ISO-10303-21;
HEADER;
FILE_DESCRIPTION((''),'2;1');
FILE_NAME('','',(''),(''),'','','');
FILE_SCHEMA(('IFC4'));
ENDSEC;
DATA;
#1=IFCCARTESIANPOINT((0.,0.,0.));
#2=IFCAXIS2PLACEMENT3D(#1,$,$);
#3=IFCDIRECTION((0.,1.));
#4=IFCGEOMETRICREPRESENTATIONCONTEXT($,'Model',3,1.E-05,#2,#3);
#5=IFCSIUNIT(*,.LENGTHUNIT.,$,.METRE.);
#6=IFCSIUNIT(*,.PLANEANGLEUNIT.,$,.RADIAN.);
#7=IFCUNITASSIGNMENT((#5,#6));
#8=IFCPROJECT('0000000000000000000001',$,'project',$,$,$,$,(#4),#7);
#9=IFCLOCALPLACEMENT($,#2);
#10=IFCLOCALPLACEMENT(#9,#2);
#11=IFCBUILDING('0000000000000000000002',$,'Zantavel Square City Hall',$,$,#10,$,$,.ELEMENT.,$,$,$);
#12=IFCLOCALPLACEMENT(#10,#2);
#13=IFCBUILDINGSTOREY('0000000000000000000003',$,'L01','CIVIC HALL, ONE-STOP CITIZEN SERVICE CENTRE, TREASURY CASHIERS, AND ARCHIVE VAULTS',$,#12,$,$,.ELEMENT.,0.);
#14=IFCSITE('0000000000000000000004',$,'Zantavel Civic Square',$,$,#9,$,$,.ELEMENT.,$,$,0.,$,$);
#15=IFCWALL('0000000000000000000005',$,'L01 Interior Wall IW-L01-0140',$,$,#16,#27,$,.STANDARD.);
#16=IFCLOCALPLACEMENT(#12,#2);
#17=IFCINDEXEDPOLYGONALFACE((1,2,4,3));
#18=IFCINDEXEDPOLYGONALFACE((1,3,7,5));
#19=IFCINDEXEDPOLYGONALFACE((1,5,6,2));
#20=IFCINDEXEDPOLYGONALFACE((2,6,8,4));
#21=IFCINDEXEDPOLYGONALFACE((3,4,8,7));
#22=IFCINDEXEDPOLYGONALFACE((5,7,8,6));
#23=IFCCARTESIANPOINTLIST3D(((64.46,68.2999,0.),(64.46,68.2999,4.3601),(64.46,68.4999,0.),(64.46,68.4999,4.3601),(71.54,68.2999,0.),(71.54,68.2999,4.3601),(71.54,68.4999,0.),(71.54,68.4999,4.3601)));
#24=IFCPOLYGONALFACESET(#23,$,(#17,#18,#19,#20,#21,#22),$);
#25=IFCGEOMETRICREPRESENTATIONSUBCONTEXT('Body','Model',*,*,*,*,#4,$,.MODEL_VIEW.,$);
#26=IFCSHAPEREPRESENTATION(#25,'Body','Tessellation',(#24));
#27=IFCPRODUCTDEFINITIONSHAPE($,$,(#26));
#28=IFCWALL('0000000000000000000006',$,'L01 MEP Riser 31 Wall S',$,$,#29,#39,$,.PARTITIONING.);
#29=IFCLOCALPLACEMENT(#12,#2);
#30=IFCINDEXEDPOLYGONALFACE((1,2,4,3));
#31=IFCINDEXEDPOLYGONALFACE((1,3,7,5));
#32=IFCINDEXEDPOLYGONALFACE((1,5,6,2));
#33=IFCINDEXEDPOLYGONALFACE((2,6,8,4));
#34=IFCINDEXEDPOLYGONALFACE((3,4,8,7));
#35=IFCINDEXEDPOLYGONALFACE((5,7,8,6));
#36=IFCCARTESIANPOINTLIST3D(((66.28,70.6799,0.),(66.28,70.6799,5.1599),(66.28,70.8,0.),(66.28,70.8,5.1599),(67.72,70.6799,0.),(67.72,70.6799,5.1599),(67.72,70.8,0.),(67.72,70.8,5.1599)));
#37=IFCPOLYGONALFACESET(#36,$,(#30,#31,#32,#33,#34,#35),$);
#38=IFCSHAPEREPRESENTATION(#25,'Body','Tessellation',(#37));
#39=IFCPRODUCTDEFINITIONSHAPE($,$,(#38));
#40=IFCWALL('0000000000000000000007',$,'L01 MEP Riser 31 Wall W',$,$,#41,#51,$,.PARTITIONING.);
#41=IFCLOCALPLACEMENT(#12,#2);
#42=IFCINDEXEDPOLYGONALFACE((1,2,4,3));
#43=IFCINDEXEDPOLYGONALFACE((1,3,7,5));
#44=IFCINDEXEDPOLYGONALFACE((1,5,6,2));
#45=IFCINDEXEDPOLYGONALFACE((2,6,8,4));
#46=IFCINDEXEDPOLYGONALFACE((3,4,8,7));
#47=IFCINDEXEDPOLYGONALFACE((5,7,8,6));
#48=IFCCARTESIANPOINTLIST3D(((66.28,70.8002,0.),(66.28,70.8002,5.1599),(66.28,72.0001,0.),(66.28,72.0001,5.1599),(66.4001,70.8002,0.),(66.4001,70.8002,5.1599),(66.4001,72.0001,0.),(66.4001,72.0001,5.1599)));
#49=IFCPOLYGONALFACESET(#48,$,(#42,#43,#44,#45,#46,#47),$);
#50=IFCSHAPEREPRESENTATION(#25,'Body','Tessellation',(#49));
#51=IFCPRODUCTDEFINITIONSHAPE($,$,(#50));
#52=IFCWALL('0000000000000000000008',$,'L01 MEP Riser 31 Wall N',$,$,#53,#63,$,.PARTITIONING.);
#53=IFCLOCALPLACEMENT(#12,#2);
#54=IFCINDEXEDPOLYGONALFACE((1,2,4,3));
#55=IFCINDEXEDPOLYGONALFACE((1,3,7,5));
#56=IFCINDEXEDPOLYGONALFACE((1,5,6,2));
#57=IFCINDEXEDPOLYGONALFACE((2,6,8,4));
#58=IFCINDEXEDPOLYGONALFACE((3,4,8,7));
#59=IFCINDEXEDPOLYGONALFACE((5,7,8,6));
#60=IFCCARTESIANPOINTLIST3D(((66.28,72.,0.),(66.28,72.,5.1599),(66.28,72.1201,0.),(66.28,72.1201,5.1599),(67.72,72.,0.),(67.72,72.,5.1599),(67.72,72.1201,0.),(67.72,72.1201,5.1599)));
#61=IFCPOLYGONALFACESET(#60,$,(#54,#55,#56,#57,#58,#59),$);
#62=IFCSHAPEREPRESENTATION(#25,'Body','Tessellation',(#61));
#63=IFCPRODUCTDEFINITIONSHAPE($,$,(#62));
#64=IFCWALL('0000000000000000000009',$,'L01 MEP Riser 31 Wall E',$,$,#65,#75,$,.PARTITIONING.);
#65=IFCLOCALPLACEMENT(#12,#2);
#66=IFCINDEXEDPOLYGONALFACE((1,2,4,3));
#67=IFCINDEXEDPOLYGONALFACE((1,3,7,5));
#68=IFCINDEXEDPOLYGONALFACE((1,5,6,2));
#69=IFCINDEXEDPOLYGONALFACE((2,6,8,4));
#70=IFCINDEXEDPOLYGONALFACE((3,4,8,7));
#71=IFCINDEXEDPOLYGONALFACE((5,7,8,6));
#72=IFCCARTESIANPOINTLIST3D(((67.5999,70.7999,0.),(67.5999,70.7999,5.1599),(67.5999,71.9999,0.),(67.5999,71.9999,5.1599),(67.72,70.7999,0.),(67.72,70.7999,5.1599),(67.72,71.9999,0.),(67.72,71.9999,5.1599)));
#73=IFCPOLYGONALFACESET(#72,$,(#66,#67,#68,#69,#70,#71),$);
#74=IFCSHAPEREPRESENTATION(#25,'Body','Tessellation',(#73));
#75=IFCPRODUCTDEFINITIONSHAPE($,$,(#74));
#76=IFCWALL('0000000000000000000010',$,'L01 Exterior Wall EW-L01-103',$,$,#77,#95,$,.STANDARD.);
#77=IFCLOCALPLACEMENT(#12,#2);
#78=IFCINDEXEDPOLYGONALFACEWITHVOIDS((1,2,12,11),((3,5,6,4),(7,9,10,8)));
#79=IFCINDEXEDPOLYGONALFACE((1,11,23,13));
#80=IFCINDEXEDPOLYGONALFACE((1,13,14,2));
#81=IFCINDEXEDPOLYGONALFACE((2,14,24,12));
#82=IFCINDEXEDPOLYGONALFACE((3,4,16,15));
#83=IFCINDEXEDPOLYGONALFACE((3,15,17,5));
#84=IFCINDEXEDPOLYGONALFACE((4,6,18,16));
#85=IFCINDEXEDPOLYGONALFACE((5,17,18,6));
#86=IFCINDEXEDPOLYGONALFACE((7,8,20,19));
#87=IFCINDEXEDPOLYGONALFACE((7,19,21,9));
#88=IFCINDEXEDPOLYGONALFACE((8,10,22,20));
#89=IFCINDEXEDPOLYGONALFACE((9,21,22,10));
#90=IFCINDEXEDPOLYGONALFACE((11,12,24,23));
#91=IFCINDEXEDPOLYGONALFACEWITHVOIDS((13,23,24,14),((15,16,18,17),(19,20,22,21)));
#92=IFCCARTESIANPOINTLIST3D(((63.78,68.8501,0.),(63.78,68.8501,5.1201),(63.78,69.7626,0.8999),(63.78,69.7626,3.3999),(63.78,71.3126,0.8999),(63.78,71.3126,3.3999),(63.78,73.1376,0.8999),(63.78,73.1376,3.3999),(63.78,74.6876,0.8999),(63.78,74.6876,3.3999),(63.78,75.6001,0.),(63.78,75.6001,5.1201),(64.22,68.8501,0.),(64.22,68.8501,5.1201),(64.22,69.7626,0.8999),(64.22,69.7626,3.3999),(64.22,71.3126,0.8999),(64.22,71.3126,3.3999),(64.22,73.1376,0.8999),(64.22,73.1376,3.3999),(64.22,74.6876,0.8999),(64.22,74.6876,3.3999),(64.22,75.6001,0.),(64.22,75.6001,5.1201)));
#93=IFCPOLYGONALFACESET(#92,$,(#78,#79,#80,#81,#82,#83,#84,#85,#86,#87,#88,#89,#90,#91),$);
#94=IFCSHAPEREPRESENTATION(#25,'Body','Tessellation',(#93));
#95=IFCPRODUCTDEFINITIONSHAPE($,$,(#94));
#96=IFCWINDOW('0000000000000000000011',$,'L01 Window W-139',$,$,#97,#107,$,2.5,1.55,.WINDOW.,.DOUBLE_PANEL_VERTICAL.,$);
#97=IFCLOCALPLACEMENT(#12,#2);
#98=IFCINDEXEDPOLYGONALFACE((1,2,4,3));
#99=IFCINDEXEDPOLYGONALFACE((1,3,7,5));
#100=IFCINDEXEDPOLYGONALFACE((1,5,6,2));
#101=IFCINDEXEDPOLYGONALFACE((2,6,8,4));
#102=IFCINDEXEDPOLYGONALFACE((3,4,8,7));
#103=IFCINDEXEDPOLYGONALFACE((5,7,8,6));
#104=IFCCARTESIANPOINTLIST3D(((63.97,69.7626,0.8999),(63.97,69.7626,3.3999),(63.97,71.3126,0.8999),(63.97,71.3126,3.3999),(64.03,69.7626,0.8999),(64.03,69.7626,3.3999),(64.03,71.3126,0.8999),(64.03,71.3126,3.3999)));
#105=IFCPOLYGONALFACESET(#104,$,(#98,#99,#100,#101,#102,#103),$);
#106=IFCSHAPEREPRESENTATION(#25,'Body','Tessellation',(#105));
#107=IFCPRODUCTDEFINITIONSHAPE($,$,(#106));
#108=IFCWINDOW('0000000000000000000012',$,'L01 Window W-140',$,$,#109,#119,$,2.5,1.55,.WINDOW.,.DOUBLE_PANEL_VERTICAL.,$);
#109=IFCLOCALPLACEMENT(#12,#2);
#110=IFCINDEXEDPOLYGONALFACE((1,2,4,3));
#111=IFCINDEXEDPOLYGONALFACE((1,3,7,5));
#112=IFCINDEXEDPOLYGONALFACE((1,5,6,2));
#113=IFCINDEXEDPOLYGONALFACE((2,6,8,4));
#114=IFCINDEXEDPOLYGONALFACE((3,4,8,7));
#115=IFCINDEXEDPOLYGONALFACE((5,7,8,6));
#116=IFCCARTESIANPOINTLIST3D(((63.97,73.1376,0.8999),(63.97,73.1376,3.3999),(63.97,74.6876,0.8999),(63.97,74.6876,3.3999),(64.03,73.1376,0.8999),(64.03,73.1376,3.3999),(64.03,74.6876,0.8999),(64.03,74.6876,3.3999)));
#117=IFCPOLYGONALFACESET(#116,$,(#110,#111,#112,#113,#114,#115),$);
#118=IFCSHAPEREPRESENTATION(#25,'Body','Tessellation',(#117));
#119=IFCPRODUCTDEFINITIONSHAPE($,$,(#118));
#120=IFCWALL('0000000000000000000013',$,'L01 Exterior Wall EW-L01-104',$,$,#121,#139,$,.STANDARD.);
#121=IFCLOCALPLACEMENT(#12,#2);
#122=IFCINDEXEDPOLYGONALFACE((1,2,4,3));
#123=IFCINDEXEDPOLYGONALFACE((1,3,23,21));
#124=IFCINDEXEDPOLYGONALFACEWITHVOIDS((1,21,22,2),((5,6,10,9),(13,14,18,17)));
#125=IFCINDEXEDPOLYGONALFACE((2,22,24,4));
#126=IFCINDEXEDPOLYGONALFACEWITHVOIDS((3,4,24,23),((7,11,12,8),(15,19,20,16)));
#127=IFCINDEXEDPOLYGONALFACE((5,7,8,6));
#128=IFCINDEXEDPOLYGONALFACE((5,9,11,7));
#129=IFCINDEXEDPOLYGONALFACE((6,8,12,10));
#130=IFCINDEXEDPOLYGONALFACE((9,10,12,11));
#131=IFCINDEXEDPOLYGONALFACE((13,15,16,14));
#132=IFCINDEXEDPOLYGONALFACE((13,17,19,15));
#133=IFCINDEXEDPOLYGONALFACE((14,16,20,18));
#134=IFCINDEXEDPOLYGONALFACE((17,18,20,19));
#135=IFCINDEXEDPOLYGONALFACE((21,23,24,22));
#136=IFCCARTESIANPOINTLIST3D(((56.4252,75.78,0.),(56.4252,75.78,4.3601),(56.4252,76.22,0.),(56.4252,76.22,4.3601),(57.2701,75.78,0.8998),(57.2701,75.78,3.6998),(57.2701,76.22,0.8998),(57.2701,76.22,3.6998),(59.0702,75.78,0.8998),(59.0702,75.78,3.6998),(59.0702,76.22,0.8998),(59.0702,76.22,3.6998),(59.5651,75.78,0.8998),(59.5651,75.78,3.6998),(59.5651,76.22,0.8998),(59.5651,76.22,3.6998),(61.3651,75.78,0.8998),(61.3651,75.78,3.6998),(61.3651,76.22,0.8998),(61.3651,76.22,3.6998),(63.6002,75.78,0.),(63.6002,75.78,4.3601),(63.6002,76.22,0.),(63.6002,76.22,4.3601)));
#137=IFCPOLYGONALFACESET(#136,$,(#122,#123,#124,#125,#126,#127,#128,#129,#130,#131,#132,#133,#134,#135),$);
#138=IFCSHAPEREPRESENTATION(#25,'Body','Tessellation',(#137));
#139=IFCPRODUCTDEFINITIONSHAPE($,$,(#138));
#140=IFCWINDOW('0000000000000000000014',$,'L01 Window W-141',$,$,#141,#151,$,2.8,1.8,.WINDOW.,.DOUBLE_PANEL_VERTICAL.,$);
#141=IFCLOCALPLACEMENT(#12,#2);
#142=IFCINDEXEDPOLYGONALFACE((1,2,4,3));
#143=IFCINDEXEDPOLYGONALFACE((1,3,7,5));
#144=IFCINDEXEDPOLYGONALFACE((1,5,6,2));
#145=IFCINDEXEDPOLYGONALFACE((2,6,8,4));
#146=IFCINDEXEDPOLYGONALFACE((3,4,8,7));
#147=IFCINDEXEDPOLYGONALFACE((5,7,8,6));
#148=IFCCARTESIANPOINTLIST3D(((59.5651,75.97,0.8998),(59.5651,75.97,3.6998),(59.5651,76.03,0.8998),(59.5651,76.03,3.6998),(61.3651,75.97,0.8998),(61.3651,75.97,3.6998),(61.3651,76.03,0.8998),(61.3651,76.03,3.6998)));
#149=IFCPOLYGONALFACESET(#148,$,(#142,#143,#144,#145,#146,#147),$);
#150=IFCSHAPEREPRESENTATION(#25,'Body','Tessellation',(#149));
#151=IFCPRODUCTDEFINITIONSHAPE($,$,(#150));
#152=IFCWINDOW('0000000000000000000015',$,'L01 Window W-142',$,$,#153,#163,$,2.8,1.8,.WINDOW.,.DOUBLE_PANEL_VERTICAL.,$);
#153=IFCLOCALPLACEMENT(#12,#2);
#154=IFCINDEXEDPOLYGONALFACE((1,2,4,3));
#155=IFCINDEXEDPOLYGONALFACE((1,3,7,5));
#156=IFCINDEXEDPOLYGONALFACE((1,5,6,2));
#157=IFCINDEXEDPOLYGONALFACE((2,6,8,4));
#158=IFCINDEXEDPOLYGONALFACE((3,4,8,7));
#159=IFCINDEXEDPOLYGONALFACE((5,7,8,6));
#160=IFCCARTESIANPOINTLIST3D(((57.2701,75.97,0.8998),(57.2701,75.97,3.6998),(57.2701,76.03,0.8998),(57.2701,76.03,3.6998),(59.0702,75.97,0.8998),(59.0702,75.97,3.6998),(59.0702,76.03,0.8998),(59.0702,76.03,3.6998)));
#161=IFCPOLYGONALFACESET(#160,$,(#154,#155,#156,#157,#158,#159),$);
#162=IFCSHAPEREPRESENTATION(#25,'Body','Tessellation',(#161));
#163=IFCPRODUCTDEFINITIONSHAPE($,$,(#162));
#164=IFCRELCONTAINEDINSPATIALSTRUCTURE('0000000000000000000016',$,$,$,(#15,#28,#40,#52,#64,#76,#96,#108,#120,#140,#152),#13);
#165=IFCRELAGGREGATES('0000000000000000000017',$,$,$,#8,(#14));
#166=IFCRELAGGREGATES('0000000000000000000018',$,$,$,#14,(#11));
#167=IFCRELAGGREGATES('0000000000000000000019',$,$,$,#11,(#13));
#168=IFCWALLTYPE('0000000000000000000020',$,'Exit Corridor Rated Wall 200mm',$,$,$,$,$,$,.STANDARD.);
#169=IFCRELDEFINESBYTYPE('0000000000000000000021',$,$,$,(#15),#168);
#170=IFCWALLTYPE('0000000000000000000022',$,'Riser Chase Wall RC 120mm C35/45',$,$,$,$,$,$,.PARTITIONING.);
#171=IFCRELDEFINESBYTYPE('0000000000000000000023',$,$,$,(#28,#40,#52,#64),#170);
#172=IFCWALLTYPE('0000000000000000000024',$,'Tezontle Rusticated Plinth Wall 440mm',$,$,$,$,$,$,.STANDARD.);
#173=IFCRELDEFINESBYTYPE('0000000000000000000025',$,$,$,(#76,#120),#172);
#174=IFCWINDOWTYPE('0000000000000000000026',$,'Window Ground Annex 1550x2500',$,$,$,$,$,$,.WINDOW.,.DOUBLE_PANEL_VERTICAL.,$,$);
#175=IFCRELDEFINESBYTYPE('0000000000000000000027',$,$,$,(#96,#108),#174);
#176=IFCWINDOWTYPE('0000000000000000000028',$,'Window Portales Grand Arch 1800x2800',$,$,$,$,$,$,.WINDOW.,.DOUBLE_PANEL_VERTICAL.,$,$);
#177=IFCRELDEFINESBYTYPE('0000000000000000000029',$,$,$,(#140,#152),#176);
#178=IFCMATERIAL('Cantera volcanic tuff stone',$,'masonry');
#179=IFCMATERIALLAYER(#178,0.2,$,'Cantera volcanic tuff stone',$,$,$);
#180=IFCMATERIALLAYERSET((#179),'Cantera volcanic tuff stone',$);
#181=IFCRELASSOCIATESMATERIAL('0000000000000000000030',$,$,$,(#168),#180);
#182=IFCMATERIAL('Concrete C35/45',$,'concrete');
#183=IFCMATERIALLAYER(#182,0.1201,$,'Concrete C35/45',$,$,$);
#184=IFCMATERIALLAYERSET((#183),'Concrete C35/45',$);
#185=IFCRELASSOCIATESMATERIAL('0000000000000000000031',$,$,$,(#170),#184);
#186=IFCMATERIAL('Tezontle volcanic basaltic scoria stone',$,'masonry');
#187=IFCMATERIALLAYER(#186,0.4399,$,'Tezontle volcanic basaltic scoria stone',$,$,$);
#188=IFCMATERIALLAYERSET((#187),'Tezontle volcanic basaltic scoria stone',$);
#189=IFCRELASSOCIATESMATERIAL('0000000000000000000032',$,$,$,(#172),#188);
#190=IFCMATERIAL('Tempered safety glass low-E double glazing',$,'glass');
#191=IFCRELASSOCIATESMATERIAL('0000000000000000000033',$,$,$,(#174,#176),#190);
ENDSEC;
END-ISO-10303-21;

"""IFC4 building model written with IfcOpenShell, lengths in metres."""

from ifc_helpers import new_model, si_unit, direction, frame, frame_2d, origin, place, context, subcontext, project, spatial, rectangle, extrude, material, layer, layer_set, type_object, element, fill, save


model = new_model("IFC4")

# Units and contexts
model_context = context("Model", 3, precision=1e-05, world=origin(), true_north=direction((0.0, 1.0)))
body_context = subcontext(model_context, "Body", "Model", "MODEL_VIEW")
ifc_project = project(units=[si_unit("LENGTHUNIT", "METRE"), si_unit("PLANEANGLEUNIT", "RADIAN")], contexts=[model_context])

# Site, building, storey
site_placement = place(None, origin())
site = spatial("IfcSite", under=ifc_project, at=site_placement, Name="Zantavel Civic Square", CompositionType="ELEMENT", RefElevation=0.0)
building_placement = place(site_placement, origin())
building = spatial("IfcBuilding", under=site, at=building_placement, Name="Zantavel Square City Hall", CompositionType="ELEMENT")
storey_placement = place(building_placement, origin())
storey = spatial("IfcBuildingStorey", under=building, at=storey_placement, Name="L01", Description="CIVIC HALL, ONE-STOP CITIZEN SERVICE CENTRE, TREASURY CASHIERS, AND ARCHIVE VAULTS", CompositionType="ELEMENT", Elevation=0.0)

# Shared definitions
ifc_material_1 = material(Name="Concrete C35/45", Category="concrete")

# Shared definitions
ifc_material_2 = material(Name="Tempered safety glass low-E double glazing", Category="glass")

# Shared definitions
ifc_material_3 = material(Name="Cantera volcanic tuff stone", Category="masonry")
ifc_layer_1 = layer(ifc_material_3, 0.2, Name="Cantera volcanic tuff stone")
ifc_layer_set_1 = layer_set([ifc_layer_1], Name="Cantera volcanic tuff stone")
wall_type_1 = type_object("IfcWallType", Name="Exit Corridor Rated Wall 200mm", PredefinedType="STANDARD", material=ifc_layer_set_1)

# Walls
wall_1_placement = place(storey_placement, frame((71.54, 68.3999, 0.0), z_axis=(0.0, 0.0, 1.0), x_axis=(-1.0, 0.0, 0.0)))
element("IfcWall", 1, at=wall_1_placement, inside=storey, type_object=wall_type_1, Name="L01 Interior Wall IW-L01-0140", PredefinedType="STANDARD", context=body_context, shape_type="SweptSolid", body=[
    extrude(rectangle(XDim=7.0801, YDim=0.2, at=frame_2d((3.54, 0.0))), origin(), (0.0, 0.0, 1.0), 4.3601),
])
ifc_layer_2 = layer(ifc_material_1, 0.1201, Name="Concrete C35/45")
ifc_layer_set_2 = layer_set([ifc_layer_2], Name="Concrete C35/45")
wall_type_2 = type_object("IfcWallType", Name="Riser Chase Wall RC 120mm C35/45", PredefinedType="PARTITIONING", material=ifc_layer_set_2)
wall_2_placement = place(storey_placement, frame((67.72, 70.74, 0.0), z_axis=(0.0, 0.0, 1.0), x_axis=(-1.0, 0.0, 0.0)))
element("IfcWall", 2, at=wall_2_placement, inside=storey, type_object=wall_type_2, Name="L01 MEP Riser 31 Wall S", PredefinedType="PARTITIONING", context=body_context, shape_type="SweptSolid", body=[
    extrude(rectangle(XDim=1.4399, YDim=0.1201, at=frame_2d((0.72, 0.0))), origin(), (0.0, 0.0, 1.0), 5.1599),
])
wall_3_placement = place(storey_placement, frame((66.3401, 70.8, 0.0), z_axis=(0.0, 0.0, 1.0), x_axis=(0.0, 1.0, 0.0)))
element("IfcWall", 3, at=wall_3_placement, inside=storey, type_object=wall_type_2, Name="L01 MEP Riser 31 Wall W", PredefinedType="PARTITIONING", context=body_context, shape_type="SweptSolid", body=[
    extrude(rectangle(XDim=1.2, YDim=0.1201, at=frame_2d((0.6001, 0.0))), origin(), (0.0, 0.0, 1.0), 5.1599),
])
wall_4_placement = place(storey_placement, frame((66.28, 72.0601, 0.0), z_axis=(0.0, 0.0, 1.0), x_axis=(1.0, 0.0, 0.0)))
element("IfcWall", 4, at=wall_4_placement, inside=storey, type_object=wall_type_2, Name="L01 MEP Riser 31 Wall N", PredefinedType="PARTITIONING", context=body_context, shape_type="SweptSolid", body=[
    extrude(rectangle(XDim=1.4399, YDim=0.1201, at=frame_2d((0.72, 0.0))), origin(), (0.0, 0.0, 1.0), 5.1599),
])
wall_5_placement = place(storey_placement, frame((67.6599, 72.0, 0.0), z_axis=(0.0, 0.0, 1.0), x_axis=(0.0, -1.0, 0.0)))
element("IfcWall", 5, at=wall_5_placement, inside=storey, type_object=wall_type_2, Name="L01 MEP Riser 31 Wall E", PredefinedType="PARTITIONING", context=body_context, shape_type="SweptSolid", body=[
    extrude(rectangle(XDim=1.2, YDim=0.1201, at=frame_2d((0.6001, 0.0))), origin(), (0.0, 0.0, 1.0), 5.1599),
])

# Walls, openings, windows
ifc_material_4 = material(Name="Tezontle volcanic basaltic scoria stone", Category="masonry")
ifc_layer_3 = layer(ifc_material_4, 0.4399, Name="Tezontle volcanic basaltic scoria stone")
ifc_layer_set_3 = layer_set([ifc_layer_3], Name="Tezontle volcanic basaltic scoria stone")
wall_type_3 = type_object("IfcWallType", Name="Tezontle Rusticated Plinth Wall 440mm", PredefinedType="STANDARD", material=ifc_layer_set_3)
wall_6_placement = place(storey_placement, frame((64.0, 68.8501, 0.0), z_axis=(0.0, 0.0, 1.0), x_axis=(0.0, 1.0, 0.0)))
wall_6 = element("IfcWall", 6, at=wall_6_placement, inside=storey, type_object=wall_type_3, Name="L01 Exterior Wall EW-L01-103", PredefinedType="STANDARD", context=body_context, shape_type="SweptSolid", body=[
    extrude(rectangle(XDim=6.75, YDim=0.4399, at=frame_2d((3.375, 0.0))), origin(), (0.0, 0.0, 1.0), 5.1201),
])
opening_1_placement = place(wall_6_placement, frame((0.9126, 0.0, 0.8999)))
opening_1 = element("IfcOpeningElement", 7, at=opening_1_placement, cuts=wall_6, PredefinedType="OPENING", context=body_context, shape_type="SweptSolid", body=[
    extrude(rectangle(XDim=1.55, YDim=2.5, at=frame_2d((0.7749, 1.25))), frame((0.0, 0.23, 0.0), z_axis=(0.0, -1.0, 0.0), x_axis=(1.0, 0.0, 0.0)), (0.0, 0.0, 1.0), 0.46),
])
opening_2_placement = place(wall_6_placement, frame((4.2876, 0.0, 0.8999)))
opening_2 = element("IfcOpeningElement", 8, at=opening_2_placement, cuts=wall_6, PredefinedType="OPENING", context=body_context, shape_type="SweptSolid", body=[
    extrude(rectangle(XDim=1.55, YDim=2.5, at=frame_2d((0.7749, 1.25))), frame((0.0, 0.23, 0.0), z_axis=(0.0, -1.0, 0.0), x_axis=(1.0, 0.0, 0.0)), (0.0, 0.0, 1.0), 0.46),
])
window_type_1 = type_object("IfcWindowType", Name="Window Ground Annex 1550x2500", PartitioningType="DOUBLE_PANEL_VERTICAL", PredefinedType="WINDOW", material=ifc_material_2)
window_1_placement = place(opening_1_placement, origin())
window_1 = element("IfcWindow", 9, at=window_1_placement, inside=storey, type_object=window_type_1, Name="L01 Window W-139", OverallHeight=2.5, OverallWidth=1.55, PartitioningType="DOUBLE_PANEL_VERTICAL", PredefinedType="WINDOW", context=body_context, shape_type="SweptSolid", body=[
    extrude(rectangle(XDim=1.55, YDim=2.5, at=frame_2d((0.7749, 1.25))), frame((0.0, 0.03, 0.0), z_axis=(0.0, -1.0, 0.0), x_axis=(1.0, 0.0, 0.0)), (0.0, 0.0, 1.0), 0.0601),
])
fill(opening_1, window_1)
window_2_placement = place(opening_2_placement, origin())
window_2 = element("IfcWindow", 10, at=window_2_placement, inside=storey, type_object=window_type_1, Name="L01 Window W-140", OverallHeight=2.5, OverallWidth=1.55, PartitioningType="DOUBLE_PANEL_VERTICAL", PredefinedType="WINDOW", context=body_context, shape_type="SweptSolid", body=[
    extrude(rectangle(XDim=1.55, YDim=2.5, at=frame_2d((0.7749, 1.25))), frame((0.0, 0.03, 0.0), z_axis=(0.0, -1.0, 0.0), x_axis=(1.0, 0.0, 0.0)), (0.0, 0.0, 1.0), 0.0601),
])
fill(opening_2, window_2)
wall_7_placement = place(storey_placement, frame((63.6001, 76.0, 0.0), z_axis=(0.0, 0.0, 1.0), x_axis=(-1.0, 0.0, 0.0)))
wall_7 = element("IfcWall", 11, at=wall_7_placement, inside=storey, type_object=wall_type_3, Name="L01 Exterior Wall EW-L01-104", PredefinedType="STANDARD", context=body_context, shape_type="SweptSolid", body=[
    extrude(rectangle(XDim=7.175, YDim=0.4399, at=frame_2d((3.5874, 0.0))), origin(), (0.0, 0.0, 1.0), 4.3601),
])
opening_3_placement = place(wall_7_placement, frame((2.2351, 0.0, 0.8999)))
opening_3 = element("IfcOpeningElement", 12, at=opening_3_placement, cuts=wall_7, PredefinedType="OPENING", context=body_context, shape_type="SweptSolid", body=[
    extrude(rectangle(XDim=1.8, YDim=2.8, at=frame_2d((0.8999, 1.3999))), frame((0.0, 0.23, 0.0), z_axis=(0.0, -1.0, 0.0), x_axis=(1.0, 0.0, 0.0)), (0.0, 0.0, 1.0), 0.46),
])
opening_4_placement = place(wall_7_placement, frame((4.53, 0.0, 0.8999)))
opening_4 = element("IfcOpeningElement", 13, at=opening_4_placement, cuts=wall_7, PredefinedType="OPENING", context=body_context, shape_type="SweptSolid", body=[
    extrude(rectangle(XDim=1.8, YDim=2.8, at=frame_2d((0.8999, 1.3999))), frame((0.0, 0.23, 0.0), z_axis=(0.0, -1.0, 0.0), x_axis=(1.0, 0.0, 0.0)), (0.0, 0.0, 1.0), 0.46),
])
window_type_2 = type_object("IfcWindowType", Name="Window Portales Grand Arch 1800x2800", PartitioningType="DOUBLE_PANEL_VERTICAL", PredefinedType="WINDOW", material=ifc_material_2)
window_3_placement = place(opening_3_placement, origin())
window_3 = element("IfcWindow", 14, at=window_3_placement, inside=storey, type_object=window_type_2, Name="L01 Window W-141", OverallHeight=2.8, OverallWidth=1.8, PartitioningType="DOUBLE_PANEL_VERTICAL", PredefinedType="WINDOW", context=body_context, shape_type="SweptSolid", body=[
    extrude(rectangle(XDim=1.8, YDim=2.8, at=frame_2d((0.8999, 1.3999))), frame((0.0, 0.03, 0.0), z_axis=(0.0, -1.0, 0.0), x_axis=(1.0, 0.0, 0.0)), (0.0, 0.0, 1.0), 0.0601),
])
fill(opening_3, window_3)
window_4_placement = place(opening_4_placement, origin())
window_4 = element("IfcWindow", 15, at=window_4_placement, inside=storey, type_object=window_type_2, Name="L01 Window W-142", OverallHeight=2.8, OverallWidth=1.8, PartitioningType="DOUBLE_PANEL_VERTICAL", PredefinedType="WINDOW", context=body_context, shape_type="SweptSolid", body=[
    extrude(rectangle(XDim=1.8, YDim=2.8, at=frame_2d((0.8999, 1.3999))), frame((0.0, 0.03, 0.0), z_axis=(0.0, -1.0, 0.0), x_axis=(1.0, 0.0, 0.0)), (0.0, 0.0, 1.0), 0.0601),
])
fill(opening_4, window_4)

save(model, "model.ifc")
